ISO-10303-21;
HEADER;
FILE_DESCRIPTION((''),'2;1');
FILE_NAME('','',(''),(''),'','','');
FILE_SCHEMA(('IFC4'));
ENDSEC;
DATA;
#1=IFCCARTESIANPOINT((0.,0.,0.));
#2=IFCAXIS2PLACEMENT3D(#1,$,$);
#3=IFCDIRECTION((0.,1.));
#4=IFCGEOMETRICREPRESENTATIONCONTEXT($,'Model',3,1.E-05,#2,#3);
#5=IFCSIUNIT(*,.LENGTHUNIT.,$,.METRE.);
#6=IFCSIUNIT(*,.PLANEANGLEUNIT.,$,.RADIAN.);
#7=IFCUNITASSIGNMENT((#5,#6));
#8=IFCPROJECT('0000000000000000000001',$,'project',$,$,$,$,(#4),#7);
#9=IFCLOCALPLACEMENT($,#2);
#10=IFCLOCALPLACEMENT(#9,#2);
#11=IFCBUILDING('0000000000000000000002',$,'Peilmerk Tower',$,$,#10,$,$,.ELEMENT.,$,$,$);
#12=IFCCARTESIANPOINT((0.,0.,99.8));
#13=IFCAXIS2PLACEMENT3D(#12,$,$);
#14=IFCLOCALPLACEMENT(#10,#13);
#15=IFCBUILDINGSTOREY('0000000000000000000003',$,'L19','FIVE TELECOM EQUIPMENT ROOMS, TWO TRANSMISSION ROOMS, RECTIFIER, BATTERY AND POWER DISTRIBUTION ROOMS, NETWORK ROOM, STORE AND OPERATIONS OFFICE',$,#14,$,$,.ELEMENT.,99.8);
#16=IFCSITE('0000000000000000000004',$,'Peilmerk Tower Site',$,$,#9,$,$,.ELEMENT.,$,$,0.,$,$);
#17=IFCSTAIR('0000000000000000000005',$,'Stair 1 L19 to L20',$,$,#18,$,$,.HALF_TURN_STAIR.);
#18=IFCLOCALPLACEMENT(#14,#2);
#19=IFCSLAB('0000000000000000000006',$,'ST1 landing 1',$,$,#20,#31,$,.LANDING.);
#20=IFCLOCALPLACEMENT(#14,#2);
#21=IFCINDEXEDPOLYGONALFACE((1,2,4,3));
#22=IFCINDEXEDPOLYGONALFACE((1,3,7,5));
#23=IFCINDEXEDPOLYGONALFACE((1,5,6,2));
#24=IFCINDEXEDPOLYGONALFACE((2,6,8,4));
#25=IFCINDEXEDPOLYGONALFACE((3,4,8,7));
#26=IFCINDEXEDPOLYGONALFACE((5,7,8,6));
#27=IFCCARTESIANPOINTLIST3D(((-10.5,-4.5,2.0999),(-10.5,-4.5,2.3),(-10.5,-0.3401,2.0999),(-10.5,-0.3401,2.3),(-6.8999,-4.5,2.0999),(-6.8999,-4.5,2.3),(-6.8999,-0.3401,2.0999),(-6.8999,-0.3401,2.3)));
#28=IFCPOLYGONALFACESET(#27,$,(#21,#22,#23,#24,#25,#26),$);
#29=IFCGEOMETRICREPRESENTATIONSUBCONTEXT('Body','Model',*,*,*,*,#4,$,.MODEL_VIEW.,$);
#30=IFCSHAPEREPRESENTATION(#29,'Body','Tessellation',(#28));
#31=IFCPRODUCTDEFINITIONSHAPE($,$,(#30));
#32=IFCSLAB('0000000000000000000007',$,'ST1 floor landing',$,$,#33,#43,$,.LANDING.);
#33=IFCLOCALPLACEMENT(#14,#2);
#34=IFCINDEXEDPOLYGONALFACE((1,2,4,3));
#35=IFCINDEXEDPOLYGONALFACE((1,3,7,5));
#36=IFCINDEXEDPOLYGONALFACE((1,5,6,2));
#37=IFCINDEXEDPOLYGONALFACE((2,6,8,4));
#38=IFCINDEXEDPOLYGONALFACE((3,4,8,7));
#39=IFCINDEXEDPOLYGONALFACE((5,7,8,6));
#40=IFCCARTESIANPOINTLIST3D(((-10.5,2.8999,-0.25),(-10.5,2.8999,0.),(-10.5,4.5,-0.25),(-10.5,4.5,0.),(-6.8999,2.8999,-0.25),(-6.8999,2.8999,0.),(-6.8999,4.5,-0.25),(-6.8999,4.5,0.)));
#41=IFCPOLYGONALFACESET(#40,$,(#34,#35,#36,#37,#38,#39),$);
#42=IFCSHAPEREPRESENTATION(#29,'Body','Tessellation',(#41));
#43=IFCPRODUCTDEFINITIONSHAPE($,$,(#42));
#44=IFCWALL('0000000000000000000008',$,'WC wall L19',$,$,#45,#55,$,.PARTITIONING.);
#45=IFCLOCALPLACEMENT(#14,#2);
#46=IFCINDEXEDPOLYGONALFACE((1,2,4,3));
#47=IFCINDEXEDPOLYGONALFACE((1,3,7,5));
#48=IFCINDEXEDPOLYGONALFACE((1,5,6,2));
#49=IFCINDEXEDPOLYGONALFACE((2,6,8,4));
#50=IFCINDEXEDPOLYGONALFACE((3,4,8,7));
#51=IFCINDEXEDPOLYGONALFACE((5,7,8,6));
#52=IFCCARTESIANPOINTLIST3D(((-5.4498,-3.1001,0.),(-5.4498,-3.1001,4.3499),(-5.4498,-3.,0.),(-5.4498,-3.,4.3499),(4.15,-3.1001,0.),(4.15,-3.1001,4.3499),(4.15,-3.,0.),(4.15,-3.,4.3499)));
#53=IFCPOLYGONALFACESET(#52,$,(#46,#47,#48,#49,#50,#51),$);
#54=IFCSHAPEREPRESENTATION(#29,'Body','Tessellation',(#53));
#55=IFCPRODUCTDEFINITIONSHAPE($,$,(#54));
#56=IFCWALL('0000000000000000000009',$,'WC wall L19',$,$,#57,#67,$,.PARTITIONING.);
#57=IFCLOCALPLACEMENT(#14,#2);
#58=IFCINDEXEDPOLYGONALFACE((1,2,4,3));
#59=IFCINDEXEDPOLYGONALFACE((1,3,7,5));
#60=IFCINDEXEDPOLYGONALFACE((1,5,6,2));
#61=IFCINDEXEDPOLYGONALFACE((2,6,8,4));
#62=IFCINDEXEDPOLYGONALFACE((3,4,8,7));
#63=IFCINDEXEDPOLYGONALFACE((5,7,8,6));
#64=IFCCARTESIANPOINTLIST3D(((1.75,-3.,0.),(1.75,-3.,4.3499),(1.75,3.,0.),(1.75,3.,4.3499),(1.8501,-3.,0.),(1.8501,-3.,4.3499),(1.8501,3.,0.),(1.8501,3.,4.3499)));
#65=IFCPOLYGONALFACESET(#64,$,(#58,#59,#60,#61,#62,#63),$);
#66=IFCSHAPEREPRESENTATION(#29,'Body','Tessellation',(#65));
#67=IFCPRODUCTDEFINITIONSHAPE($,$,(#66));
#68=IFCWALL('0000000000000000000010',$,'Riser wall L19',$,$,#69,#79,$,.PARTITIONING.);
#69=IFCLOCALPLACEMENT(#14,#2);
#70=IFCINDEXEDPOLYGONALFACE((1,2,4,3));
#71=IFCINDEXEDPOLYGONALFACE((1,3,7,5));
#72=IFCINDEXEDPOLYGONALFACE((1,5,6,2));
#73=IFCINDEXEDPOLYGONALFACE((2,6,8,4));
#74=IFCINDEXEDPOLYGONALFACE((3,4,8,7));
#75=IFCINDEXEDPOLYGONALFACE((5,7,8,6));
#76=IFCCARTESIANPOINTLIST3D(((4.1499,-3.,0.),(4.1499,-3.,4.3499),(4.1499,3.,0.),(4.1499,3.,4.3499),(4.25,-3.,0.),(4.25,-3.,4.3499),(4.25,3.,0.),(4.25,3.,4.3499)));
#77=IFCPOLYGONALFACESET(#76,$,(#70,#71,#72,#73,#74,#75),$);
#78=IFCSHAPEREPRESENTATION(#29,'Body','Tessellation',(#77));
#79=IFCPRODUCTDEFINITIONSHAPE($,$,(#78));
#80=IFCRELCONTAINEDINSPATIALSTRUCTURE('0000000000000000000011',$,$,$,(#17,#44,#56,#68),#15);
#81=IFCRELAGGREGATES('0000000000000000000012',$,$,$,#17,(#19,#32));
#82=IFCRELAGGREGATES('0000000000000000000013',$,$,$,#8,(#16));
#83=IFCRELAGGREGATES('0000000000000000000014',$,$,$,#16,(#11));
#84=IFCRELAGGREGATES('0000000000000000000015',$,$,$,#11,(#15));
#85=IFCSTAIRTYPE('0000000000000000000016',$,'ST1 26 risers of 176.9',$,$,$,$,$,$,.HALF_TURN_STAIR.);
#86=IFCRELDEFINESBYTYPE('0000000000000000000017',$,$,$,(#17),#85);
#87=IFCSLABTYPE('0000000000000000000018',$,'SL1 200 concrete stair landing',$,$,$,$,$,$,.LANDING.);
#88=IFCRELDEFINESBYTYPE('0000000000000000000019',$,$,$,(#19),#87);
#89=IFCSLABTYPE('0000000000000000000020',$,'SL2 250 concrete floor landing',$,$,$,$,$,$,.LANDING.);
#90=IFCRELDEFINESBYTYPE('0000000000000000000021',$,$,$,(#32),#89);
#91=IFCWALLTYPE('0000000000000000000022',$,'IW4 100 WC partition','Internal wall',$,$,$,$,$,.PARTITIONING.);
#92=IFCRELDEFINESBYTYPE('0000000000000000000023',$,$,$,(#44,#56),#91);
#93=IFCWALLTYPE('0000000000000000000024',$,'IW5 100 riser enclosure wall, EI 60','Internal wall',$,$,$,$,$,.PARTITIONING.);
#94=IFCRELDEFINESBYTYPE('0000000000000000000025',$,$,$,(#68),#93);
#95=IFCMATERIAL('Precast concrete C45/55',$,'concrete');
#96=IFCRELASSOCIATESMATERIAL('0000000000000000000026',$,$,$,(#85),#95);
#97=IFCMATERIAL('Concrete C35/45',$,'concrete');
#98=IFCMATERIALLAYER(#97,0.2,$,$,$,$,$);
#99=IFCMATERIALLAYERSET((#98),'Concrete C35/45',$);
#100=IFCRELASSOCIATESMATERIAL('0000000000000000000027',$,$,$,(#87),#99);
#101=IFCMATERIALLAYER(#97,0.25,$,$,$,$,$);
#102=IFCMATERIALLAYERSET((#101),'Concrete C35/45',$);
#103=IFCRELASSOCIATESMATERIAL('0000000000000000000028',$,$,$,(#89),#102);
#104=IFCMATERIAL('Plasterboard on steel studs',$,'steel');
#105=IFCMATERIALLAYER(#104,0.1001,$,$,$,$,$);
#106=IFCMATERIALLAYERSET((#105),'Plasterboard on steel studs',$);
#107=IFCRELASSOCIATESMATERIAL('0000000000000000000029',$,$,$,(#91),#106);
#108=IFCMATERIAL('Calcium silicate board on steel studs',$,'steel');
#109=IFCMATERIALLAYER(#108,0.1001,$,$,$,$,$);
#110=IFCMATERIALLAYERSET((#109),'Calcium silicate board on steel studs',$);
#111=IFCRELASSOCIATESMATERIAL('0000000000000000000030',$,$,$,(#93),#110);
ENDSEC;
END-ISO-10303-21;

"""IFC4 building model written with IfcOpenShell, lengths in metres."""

from ifc_helpers import new_model, si_unit, direction, frame, frame_2d, origin, place, context, subcontext, project, spatial, polyline, rectangle, outline, extrude, material, layer, layer_set, type_object, element, aggregate, save


model = new_model("IFC4")

# Units and contexts
model_context = context("Model", 3, precision=1e-05, world=origin(), true_north=direction((0.0, 1.0)))
body_context = subcontext(model_context, "Body", "Model", "MODEL_VIEW")
ifc_project = project(units=[si_unit("LENGTHUNIT", "METRE"), si_unit("PLANEANGLEUNIT", "RADIAN")], contexts=[model_context])

# Site, building, storey
site_placement = place(None, origin())
site = spatial("IfcSite", under=ifc_project, at=site_placement, Name="Peilmerk Tower Site", CompositionType="ELEMENT", RefElevation=0.0)
building_placement = place(site_placement, origin())
building = spatial("IfcBuilding", under=site, at=building_placement, Name="Peilmerk Tower", CompositionType="ELEMENT")
storey_placement = place(building_placement, frame((0.0, 0.0, 99.8)))
storey = spatial("IfcBuildingStorey", under=building, at=storey_placement, Name="L19", Description="FIVE TELECOM EQUIPMENT ROOMS, TWO TRANSMISSION ROOMS, RECTIFIER, BATTERY AND POWER DISTRIBUTION ROOMS, NETWORK ROOM, STORE AND OPERATIONS OFFICE", CompositionType="ELEMENT", Elevation=99.8)

# Stair, slabs
ifc_material_1 = material(Name="Precast concrete C45/55", Category="concrete")
stair_type = type_object("IfcStairType", Name="ST1 26 risers of 176.9", PredefinedType="HALF_TURN_STAIR", material=ifc_material_1)
stair_placement = place(storey_placement, origin())
stair = element("IfcStair", 1, at=stair_placement, inside=storey, type_object=stair_type, Name="Stair 1 L19 to L20", PredefinedType="HALF_TURN_STAIR")
ifc_material_2 = material(Name="Concrete C35/45", Category="concrete")
ifc_layer_1 = layer(ifc_material_2, 0.2)
ifc_layer_set_1 = layer_set([ifc_layer_1], Name="Concrete C35/45")
slab_type_1 = type_object("IfcSlabType", Name="SL1 200 concrete stair landing", PredefinedType="LANDING", material=ifc_layer_set_1)
slab_1_placement = place(storey_placement, frame((0.0, 0.0, 2.0999)))
slab_1 = element("IfcSlab", 2, at=slab_1_placement, type_object=slab_type_1, Name="ST1 landing 1", PredefinedType="LANDING", context=body_context, shape_type="SweptSolid", body=[
    extrude(outline(polyline([(-10.5, -4.5), (-6.8999, -4.5), (-6.8999, -0.3401), (-10.5, -0.3401), (-10.5, -4.5)])), origin(), (0.0, 0.0, 1.0), 0.2002),
])
ifc_layer_2 = layer(ifc_material_2, 0.25)
ifc_layer_set_2 = layer_set([ifc_layer_2], Name="Concrete C35/45")
slab_type_2 = type_object("IfcSlabType", Name="SL2 250 concrete floor landing", PredefinedType="LANDING", material=ifc_layer_set_2)
slab_2_placement = place(storey_placement, frame((0.0, 0.0, -0.25)))
slab_2 = element("IfcSlab", 3, at=slab_2_placement, type_object=slab_type_2, Name="ST1 floor landing", PredefinedType="LANDING", context=body_context, shape_type="SweptSolid", body=[
    extrude(outline(polyline([(-10.5, 2.8999), (-6.8999, 2.8999), (-6.8999, 4.5), (-10.5, 4.5), (-10.5, 2.8999)])), origin(), (0.0, 0.0, 1.0), 0.25),
])
aggregate(stair, [slab_1, slab_2])

# Walls
ifc_material_3 = material(Name="Plasterboard on steel studs", Category="steel")
ifc_layer_3 = layer(ifc_material_3, 0.1001)
ifc_layer_set_3 = layer_set([ifc_layer_3], Name="Plasterboard on steel studs")
wall_type_1 = type_object("IfcWallType", Name="IW4 100 WC partition", Description="Internal wall", PredefinedType="PARTITIONING", material=ifc_layer_set_3)
wall_1_placement = place(storey_placement, frame((4.1499, -3.05, 0.0), z_axis=(0.0, 0.0, 1.0), x_axis=(-1.0, 0.0, 0.0)))
element("IfcWall", 4, at=wall_1_placement, inside=storey, type_object=wall_type_1, Name="WC wall L19", PredefinedType="PARTITIONING", context=body_context, shape_type="SweptSolid", body=[
    extrude(rectangle(XDim=9.5999, YDim=0.1001, at=frame_2d((4.7998, 0.0))), origin(), (0.0, 0.0, 1.0), 4.3499),
])
wall_2_placement = place(storey_placement, frame((1.8, -3.0, 0.0), z_axis=(0.0, 0.0, 1.0), x_axis=(0.0, 1.0, 0.0)))
element("IfcWall", 5, at=wall_2_placement, inside=storey, type_object=wall_type_1, Name="WC wall L19", PredefinedType="PARTITIONING", context=body_context, shape_type="SweptSolid", body=[
    extrude(rectangle(XDim=6.0, YDim=0.1001, at=frame_2d((3.0, 0.0))), origin(), (0.0, 0.0, 1.0), 4.3499),
])
ifc_material_4 = material(Name="Calcium silicate board on steel studs", Category="steel")
ifc_layer_4 = layer(ifc_material_4, 0.1001)
ifc_layer_set_4 = layer_set([ifc_layer_4], Name="Calcium silicate board on steel studs")
wall_type_2 = type_object("IfcWallType", Name="IW5 100 riser enclosure wall, EI 60", Description="Internal wall", PredefinedType="PARTITIONING", material=ifc_layer_set_4)
wall_3_placement = place(storey_placement, frame((4.2, -3.0, 0.0), z_axis=(0.0, 0.0, 1.0), x_axis=(0.0, 1.0, 0.0)))
element("IfcWall", 6, at=wall_3_placement, inside=storey, type_object=wall_type_2, Name="Riser wall L19", PredefinedType="PARTITIONING", context=body_context, shape_type="SweptSolid", body=[
    extrude(rectangle(XDim=6.0, YDim=0.1001, at=frame_2d((3.0, 0.0))), origin(), (0.0, 0.0, 1.0), 4.3499),
])

save(model, "model.ifc")
